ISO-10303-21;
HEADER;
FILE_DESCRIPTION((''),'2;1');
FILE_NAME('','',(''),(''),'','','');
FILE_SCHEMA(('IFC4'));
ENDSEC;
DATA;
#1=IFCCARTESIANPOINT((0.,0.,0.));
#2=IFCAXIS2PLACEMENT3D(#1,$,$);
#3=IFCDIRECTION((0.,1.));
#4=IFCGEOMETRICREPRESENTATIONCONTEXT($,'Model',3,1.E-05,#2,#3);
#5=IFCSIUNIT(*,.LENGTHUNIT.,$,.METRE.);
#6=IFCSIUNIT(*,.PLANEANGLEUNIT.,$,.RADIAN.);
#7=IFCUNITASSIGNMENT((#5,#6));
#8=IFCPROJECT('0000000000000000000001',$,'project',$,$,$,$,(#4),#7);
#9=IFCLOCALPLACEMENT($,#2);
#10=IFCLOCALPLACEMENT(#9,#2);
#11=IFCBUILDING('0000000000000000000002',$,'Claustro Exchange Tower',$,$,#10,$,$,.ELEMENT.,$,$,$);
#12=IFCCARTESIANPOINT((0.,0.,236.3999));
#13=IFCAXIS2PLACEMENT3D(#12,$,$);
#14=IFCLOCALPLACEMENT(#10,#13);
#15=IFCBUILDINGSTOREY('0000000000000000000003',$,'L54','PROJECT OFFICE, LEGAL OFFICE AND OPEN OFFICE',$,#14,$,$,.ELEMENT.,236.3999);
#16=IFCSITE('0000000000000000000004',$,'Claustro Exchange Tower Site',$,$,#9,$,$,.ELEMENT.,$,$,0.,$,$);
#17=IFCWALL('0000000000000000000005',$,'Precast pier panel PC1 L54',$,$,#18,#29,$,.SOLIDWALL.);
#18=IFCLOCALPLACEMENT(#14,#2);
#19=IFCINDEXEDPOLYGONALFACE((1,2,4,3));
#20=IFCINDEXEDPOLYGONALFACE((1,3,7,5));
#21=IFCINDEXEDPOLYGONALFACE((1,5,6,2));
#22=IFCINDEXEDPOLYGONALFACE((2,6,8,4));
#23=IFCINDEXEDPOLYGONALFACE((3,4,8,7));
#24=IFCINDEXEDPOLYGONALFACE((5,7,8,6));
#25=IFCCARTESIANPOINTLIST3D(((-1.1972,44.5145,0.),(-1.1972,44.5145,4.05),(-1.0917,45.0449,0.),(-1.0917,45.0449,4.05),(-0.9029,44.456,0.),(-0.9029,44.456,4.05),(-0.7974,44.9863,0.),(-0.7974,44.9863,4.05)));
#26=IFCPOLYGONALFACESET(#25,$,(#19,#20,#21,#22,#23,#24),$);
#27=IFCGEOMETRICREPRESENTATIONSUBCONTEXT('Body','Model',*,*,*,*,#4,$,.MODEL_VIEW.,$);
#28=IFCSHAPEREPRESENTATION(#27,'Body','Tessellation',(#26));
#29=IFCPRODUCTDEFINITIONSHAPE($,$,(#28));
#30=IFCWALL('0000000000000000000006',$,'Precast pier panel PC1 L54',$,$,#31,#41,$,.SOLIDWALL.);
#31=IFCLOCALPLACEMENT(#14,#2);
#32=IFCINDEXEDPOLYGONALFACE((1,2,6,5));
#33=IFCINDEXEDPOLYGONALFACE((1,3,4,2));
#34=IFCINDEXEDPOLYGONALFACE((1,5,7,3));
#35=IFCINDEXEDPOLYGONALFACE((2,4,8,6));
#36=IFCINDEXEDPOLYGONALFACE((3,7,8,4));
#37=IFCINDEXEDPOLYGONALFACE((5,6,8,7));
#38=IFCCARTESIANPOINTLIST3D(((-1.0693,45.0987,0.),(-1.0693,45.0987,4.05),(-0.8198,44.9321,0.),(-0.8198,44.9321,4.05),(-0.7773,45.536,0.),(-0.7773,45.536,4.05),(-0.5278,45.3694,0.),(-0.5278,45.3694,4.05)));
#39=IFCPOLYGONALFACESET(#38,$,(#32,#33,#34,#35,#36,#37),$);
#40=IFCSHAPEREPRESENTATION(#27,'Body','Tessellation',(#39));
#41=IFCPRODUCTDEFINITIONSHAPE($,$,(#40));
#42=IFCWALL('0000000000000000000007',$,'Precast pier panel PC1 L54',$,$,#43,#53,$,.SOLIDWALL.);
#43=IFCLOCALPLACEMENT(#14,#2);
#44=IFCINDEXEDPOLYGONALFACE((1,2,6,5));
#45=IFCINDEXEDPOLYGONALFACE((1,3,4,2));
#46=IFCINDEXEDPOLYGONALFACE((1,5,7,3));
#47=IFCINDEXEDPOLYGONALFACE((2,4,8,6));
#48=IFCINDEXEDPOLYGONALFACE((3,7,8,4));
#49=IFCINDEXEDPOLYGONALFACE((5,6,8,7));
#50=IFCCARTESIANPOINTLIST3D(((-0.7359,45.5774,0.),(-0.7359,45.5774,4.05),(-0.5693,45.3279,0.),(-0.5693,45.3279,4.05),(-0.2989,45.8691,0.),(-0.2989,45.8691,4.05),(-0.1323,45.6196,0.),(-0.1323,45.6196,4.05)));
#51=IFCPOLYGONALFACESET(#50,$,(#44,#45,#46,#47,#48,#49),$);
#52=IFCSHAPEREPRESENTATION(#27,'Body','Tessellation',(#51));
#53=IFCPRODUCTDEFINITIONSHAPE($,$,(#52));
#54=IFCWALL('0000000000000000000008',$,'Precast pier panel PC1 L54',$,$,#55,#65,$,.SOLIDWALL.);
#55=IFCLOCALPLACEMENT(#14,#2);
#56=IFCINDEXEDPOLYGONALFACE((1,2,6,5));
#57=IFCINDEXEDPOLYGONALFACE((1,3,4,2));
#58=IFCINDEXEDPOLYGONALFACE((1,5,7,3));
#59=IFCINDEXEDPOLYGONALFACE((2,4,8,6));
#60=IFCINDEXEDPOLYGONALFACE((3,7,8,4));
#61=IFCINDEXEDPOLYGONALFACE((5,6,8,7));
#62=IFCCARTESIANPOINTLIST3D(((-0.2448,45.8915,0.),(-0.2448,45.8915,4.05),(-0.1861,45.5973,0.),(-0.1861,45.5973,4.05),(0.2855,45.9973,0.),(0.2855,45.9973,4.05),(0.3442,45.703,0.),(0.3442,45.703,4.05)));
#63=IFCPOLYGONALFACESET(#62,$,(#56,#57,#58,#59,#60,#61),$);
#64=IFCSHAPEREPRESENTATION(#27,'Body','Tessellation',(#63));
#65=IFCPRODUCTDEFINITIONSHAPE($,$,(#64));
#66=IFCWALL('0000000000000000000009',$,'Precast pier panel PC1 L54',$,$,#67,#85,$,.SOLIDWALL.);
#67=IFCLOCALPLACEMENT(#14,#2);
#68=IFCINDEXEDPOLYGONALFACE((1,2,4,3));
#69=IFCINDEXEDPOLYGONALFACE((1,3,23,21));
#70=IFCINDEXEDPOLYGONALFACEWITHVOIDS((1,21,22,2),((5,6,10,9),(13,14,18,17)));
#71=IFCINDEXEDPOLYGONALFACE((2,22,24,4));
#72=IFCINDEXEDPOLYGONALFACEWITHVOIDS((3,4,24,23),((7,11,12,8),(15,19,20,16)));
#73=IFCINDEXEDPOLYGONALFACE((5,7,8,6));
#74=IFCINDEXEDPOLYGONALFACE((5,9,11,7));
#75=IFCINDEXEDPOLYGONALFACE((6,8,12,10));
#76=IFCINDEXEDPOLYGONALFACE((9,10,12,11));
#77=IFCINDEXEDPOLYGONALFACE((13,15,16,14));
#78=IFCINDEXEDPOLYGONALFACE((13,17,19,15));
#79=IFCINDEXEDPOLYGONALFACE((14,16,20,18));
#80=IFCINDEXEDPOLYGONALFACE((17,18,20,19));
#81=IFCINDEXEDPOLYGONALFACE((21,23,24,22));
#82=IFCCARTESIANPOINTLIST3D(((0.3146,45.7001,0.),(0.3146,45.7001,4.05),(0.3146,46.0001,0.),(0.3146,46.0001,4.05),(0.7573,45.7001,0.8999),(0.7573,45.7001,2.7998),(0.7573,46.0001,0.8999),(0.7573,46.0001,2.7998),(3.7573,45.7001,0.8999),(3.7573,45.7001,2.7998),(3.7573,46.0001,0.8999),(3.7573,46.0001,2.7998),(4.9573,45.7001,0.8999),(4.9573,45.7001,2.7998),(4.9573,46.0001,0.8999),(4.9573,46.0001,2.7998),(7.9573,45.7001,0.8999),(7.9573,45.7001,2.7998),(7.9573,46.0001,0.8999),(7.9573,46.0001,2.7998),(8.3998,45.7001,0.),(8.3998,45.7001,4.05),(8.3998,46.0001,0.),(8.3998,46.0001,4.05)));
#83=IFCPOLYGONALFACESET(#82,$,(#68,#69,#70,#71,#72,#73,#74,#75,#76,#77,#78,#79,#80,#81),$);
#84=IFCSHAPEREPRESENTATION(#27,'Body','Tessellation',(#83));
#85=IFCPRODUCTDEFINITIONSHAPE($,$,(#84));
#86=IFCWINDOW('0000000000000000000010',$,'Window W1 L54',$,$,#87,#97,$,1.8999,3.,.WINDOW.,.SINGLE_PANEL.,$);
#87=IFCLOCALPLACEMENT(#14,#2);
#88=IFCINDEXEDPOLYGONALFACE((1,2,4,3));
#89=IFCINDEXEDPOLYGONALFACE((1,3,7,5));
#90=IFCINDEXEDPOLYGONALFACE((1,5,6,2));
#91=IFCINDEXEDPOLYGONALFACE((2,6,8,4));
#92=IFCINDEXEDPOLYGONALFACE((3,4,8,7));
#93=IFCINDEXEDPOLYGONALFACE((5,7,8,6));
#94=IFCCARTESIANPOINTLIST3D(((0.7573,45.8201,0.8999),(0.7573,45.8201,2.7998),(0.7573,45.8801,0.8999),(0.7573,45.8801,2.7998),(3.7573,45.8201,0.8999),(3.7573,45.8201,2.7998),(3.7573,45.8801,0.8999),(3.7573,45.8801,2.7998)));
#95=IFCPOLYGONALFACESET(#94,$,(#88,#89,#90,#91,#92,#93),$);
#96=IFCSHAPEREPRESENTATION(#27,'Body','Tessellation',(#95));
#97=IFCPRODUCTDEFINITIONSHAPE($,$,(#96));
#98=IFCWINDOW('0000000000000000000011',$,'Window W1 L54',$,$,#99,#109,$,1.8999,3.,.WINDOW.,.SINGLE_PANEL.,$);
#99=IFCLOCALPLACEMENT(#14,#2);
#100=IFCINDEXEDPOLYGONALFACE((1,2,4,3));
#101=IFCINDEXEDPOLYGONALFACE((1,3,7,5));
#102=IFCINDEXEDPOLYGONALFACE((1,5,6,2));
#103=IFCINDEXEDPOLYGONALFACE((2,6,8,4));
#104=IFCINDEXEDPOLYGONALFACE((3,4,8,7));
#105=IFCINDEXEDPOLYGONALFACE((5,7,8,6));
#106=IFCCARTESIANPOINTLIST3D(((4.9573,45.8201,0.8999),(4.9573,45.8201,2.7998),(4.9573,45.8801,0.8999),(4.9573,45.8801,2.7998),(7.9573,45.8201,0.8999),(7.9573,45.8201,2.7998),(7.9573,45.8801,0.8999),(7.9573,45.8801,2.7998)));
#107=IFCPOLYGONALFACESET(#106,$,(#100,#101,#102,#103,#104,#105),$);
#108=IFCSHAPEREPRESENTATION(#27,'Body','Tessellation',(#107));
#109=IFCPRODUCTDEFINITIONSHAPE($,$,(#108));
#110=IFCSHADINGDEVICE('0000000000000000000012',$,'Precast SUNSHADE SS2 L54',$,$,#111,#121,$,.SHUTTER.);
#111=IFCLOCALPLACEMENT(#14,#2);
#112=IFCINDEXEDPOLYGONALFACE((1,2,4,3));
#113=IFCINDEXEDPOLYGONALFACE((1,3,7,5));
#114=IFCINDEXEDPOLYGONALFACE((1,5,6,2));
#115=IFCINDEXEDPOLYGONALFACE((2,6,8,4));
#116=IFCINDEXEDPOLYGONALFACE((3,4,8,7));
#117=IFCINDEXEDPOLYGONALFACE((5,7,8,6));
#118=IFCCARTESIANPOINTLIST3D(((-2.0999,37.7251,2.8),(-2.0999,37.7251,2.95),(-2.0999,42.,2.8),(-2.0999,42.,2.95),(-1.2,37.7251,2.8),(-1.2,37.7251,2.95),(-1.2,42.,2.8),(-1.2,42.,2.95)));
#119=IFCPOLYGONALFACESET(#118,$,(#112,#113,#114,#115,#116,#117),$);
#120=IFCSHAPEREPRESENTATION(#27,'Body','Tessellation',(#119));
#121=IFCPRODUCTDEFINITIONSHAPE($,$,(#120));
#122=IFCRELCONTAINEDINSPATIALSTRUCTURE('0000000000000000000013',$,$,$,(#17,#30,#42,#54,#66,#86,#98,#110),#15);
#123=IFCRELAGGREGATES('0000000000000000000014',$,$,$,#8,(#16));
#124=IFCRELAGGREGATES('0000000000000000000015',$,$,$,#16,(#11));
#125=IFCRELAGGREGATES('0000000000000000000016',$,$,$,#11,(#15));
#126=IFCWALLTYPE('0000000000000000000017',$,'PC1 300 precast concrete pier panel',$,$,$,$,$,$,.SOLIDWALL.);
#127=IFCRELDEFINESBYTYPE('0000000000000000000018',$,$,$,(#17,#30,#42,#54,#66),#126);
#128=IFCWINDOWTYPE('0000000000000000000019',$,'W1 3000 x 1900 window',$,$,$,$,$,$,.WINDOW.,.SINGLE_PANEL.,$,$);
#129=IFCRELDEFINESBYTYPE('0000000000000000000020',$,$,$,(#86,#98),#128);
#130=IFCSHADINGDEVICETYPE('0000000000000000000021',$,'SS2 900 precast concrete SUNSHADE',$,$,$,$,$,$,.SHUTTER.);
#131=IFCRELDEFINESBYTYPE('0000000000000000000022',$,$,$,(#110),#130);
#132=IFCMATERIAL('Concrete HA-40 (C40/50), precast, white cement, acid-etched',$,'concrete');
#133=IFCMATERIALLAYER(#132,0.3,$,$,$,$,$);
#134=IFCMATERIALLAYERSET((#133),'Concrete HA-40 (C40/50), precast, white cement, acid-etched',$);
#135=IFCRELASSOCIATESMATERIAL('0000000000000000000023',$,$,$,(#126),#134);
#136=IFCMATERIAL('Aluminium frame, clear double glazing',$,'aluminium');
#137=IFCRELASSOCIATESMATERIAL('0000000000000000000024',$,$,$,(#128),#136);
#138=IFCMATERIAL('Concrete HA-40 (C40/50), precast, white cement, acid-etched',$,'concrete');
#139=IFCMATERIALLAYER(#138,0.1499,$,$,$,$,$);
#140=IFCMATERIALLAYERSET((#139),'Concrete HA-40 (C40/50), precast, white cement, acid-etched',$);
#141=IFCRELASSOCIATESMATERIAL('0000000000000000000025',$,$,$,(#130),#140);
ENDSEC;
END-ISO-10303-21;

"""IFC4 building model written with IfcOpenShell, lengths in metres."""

from ifc_helpers import new_model, si_unit, direction, frame, frame_2d, origin, origin_2d, place, context, subcontext, project, spatial, rectangle, extrude, material, layer, layer_set, type_object, element, fill, save


model = new_model("IFC4")

# Units and contexts
model_context = context("Model", 3, precision=1e-05, world=origin(), true_north=direction((0.0, 1.0)))
body_context = subcontext(model_context, "Body", "Model", "MODEL_VIEW")
ifc_project = project(units=[si_unit("LENGTHUNIT", "METRE"), si_unit("PLANEANGLEUNIT", "RADIAN")], contexts=[model_context])

# Site, building, storey
site_placement = place(None, origin())
site = spatial("IfcSite", under=ifc_project, at=site_placement, Name="Claustro Exchange Tower Site", CompositionType="ELEMENT", RefElevation=0.0)
building_placement = place(site_placement, origin())
building = spatial("IfcBuilding", under=site, at=building_placement, Name="Claustro Exchange Tower", CompositionType="ELEMENT")
storey_placement = place(building_placement, frame((0.0, 0.0, 236.3999)))
storey = spatial("IfcBuildingStorey", under=building, at=storey_placement, Name="L54", Description="PROJECT OFFICE, LEGAL OFFICE AND OPEN OFFICE", CompositionType="ELEMENT", Elevation=236.3999)

# Shared definitions
ifc_material_1 = material(Name="Concrete HA-40 (C40/50), precast, white cement, acid-etched", Category="concrete")
ifc_layer_1 = layer(ifc_material_1, 0.3)
ifc_layer_set_1 = layer_set([ifc_layer_1], Name="Concrete HA-40 (C40/50), precast, white cement, acid-etched")
wall_type_1 = type_object("IfcWallType", Name="PC1 300 precast concrete pier panel", PredefinedType="SOLIDWALL", material=ifc_layer_set_1)

# Walls
wall_1_placement = place(storey_placement, frame((-1.05, 44.4851, 0.0), z_axis=(0.0, 0.0, 1.0), x_axis=(0.195074, 0.980789, 0.0)))
element("IfcWall", 1, at=wall_1_placement, inside=storey, type_object=wall_type_1, Name="Precast pier panel PC1 L54", PredefinedType="SOLIDWALL", context=body_context, shape_type="SweptSolid", body=[
    extrude(rectangle(XDim=0.5408, YDim=0.3, at=frame_2d((0.2705, 0.0))), origin(), (0.0, 0.0, 1.0), 4.05),
])
wall_2_placement = place(storey_placement, frame((-0.9446, 45.0154, 0.0), z_axis=(0.0, 0.0, 1.0), x_axis=(0.555343, 0.831621, 0.0)))
element("IfcWall", 2, at=wall_2_placement, inside=storey, type_object=wall_type_1, Name="Precast pier panel PC1 L54", PredefinedType="SOLIDWALL", context=body_context, shape_type="SweptSolid", body=[
    extrude(rectangle(XDim=0.5259, YDim=0.3, at=frame_2d((0.2629, 0.0))), origin(), (0.0, 0.0, 1.0), 4.05),
])
wall_3_placement = place(storey_placement, frame((-0.6526, 45.4526, 0.0), z_axis=(0.0, 0.0, 1.0), x_axis=(0.831693, 0.555236, 0.0)))
element("IfcWall", 3, at=wall_3_placement, inside=storey, type_object=wall_type_1, Name="Precast pier panel PC1 L54", PredefinedType="SOLIDWALL", context=body_context, shape_type="SweptSolid", body=[
    extrude(rectangle(XDim=0.5254, YDim=0.3, at=frame_2d((0.2627, 0.0))), origin(), (0.0, 0.0, 1.0), 4.05),
])
wall_4_placement = place(storey_placement, frame((-0.2156, 45.7444, 0.0), z_axis=(0.0, 0.0, 1.0), x_axis=(0.980702, 0.195508, 0.0)))
element("IfcWall", 4, at=wall_4_placement, inside=storey, type_object=wall_type_1, Name="Precast pier panel PC1 L54", PredefinedType="SOLIDWALL", context=body_context, shape_type="SweptSolid", body=[
    extrude(rectangle(XDim=0.5408, YDim=0.3, at=frame_2d((0.2705, 0.0))), origin(), (0.0, 0.0, 1.0), 4.05),
])

# Wall, openings, windows
wall_5_placement = place(storey_placement, frame((0.3147, 45.8501, 0.0), z_axis=(0.0, 0.0, 1.0), x_axis=(1.0, 0.0, 0.0)))
wall_5 = element("IfcWall", 5, at=wall_5_placement, inside=storey, type_object=wall_type_1, Name="Precast pier panel PC1 L54", PredefinedType="SOLIDWALL", context=body_context, shape_type="SweptSolid", body=[
    extrude(rectangle(XDim=8.0852, YDim=0.3, at=frame_2d((4.0425, 0.0))), origin(), (0.0, 0.0, 1.0), 4.05),
])
opening_1_placement = place(wall_5_placement, frame((0.4426, 0.0, 0.8999)))
opening_1 = element("IfcOpeningElement", 6, at=opening_1_placement, cuts=wall_5, PredefinedType="OPENING", context=body_context, shape_type="SweptSolid", body=[
    extrude(rectangle(XDim=3.0, YDim=1.8999, at=frame_2d((1.5, 0.95))), frame((0.0, 0.1599, 0.0), z_axis=(0.0, -1.0, 0.0), x_axis=(1.0, 0.0, 0.0)), (0.0, 0.0, 1.0), 0.3201),
])
opening_2_placement = place(wall_5_placement, frame((4.6426, 0.0, 0.8999)))
opening_2 = element("IfcOpeningElement", 7, at=opening_2_placement, cuts=wall_5, PredefinedType="OPENING", context=body_context, shape_type="SweptSolid", body=[
    extrude(rectangle(XDim=3.0, YDim=1.8999, at=frame_2d((1.5, 0.95))), frame((0.0, 0.1599, 0.0), z_axis=(0.0, -1.0, 0.0), x_axis=(1.0, 0.0, 0.0)), (0.0, 0.0, 1.0), 0.3201),
])
ifc_material_2 = material(Name="Aluminium frame, clear double glazing", Category="aluminium")
window_type_1 = type_object("IfcWindowType", Name="W1 3000 x 1900 window", PartitioningType="SINGLE_PANEL", PredefinedType="WINDOW", material=ifc_material_2)
window_1_placement = place(opening_1_placement, origin())
window_1 = element("IfcWindow", 8, at=window_1_placement, inside=storey, type_object=window_type_1, Name="Window W1 L54", OverallHeight=1.8999, OverallWidth=3.0, PartitioningType="SINGLE_PANEL", PredefinedType="WINDOW", context=body_context, shape_type="SweptSolid", body=[
    extrude(rectangle(XDim=3.0, YDim=1.8999, at=frame_2d((1.5, 0.95))), frame((0.0, 0.03, 0.0), z_axis=(0.0, -1.0, 0.0), x_axis=(1.0, 0.0, 0.0)), (0.0, 0.0, 1.0), 0.0601),
])
fill(opening_1, window_1)
window_2_placement = place(opening_2_placement, origin())
window_2 = element("IfcWindow", 9, at=window_2_placement, inside=storey, type_object=window_type_1, Name="Window W1 L54", OverallHeight=1.8999, OverallWidth=3.0, PartitioningType="SINGLE_PANEL", PredefinedType="WINDOW", context=body_context, shape_type="SweptSolid", body=[
    extrude(rectangle(XDim=3.0, YDim=1.8999, at=frame_2d((1.5, 0.95))), frame((0.0, 0.03, 0.0), z_axis=(0.0, -1.0, 0.0), x_axis=(1.0, 0.0, 0.0)), (0.0, 0.0, 1.0), 0.0601),
])
fill(opening_2, window_2)

# Shading device
ifc_material_3 = material(Name="Concrete HA-40 (C40/50), precast, white cement, acid-etched", Category="concrete")
ifc_layer_2 = layer(ifc_material_3, 0.1499)
ifc_layer_set_2 = layer_set([ifc_layer_2], Name="Concrete HA-40 (C40/50), precast, white cement, acid-etched")
shading_device_type = type_object("IfcShadingDeviceType", Name="SS2 900 precast concrete SUNSHADE", PredefinedType="SHUTTER", material=ifc_layer_set_2)
shading_device_placement = place(storey_placement, frame((-1.6499, 39.8625, 2.8), z_axis=(0.0, 0.0, 1.0), x_axis=(0.0, 1.0, 0.0)))
element("IfcShadingDevice", 10, at=shading_device_placement, inside=storey, type_object=shading_device_type, Name="Precast SUNSHADE SS2 L54", PredefinedType="SHUTTER", context=body_context, shape_type="SweptSolid", body=[
    extrude(rectangle(XDim=4.2749, YDim=0.8999, at=origin_2d()), origin(), (0.0, 0.0, 1.0), 0.1499),
])

save(model, "model.ifc")
